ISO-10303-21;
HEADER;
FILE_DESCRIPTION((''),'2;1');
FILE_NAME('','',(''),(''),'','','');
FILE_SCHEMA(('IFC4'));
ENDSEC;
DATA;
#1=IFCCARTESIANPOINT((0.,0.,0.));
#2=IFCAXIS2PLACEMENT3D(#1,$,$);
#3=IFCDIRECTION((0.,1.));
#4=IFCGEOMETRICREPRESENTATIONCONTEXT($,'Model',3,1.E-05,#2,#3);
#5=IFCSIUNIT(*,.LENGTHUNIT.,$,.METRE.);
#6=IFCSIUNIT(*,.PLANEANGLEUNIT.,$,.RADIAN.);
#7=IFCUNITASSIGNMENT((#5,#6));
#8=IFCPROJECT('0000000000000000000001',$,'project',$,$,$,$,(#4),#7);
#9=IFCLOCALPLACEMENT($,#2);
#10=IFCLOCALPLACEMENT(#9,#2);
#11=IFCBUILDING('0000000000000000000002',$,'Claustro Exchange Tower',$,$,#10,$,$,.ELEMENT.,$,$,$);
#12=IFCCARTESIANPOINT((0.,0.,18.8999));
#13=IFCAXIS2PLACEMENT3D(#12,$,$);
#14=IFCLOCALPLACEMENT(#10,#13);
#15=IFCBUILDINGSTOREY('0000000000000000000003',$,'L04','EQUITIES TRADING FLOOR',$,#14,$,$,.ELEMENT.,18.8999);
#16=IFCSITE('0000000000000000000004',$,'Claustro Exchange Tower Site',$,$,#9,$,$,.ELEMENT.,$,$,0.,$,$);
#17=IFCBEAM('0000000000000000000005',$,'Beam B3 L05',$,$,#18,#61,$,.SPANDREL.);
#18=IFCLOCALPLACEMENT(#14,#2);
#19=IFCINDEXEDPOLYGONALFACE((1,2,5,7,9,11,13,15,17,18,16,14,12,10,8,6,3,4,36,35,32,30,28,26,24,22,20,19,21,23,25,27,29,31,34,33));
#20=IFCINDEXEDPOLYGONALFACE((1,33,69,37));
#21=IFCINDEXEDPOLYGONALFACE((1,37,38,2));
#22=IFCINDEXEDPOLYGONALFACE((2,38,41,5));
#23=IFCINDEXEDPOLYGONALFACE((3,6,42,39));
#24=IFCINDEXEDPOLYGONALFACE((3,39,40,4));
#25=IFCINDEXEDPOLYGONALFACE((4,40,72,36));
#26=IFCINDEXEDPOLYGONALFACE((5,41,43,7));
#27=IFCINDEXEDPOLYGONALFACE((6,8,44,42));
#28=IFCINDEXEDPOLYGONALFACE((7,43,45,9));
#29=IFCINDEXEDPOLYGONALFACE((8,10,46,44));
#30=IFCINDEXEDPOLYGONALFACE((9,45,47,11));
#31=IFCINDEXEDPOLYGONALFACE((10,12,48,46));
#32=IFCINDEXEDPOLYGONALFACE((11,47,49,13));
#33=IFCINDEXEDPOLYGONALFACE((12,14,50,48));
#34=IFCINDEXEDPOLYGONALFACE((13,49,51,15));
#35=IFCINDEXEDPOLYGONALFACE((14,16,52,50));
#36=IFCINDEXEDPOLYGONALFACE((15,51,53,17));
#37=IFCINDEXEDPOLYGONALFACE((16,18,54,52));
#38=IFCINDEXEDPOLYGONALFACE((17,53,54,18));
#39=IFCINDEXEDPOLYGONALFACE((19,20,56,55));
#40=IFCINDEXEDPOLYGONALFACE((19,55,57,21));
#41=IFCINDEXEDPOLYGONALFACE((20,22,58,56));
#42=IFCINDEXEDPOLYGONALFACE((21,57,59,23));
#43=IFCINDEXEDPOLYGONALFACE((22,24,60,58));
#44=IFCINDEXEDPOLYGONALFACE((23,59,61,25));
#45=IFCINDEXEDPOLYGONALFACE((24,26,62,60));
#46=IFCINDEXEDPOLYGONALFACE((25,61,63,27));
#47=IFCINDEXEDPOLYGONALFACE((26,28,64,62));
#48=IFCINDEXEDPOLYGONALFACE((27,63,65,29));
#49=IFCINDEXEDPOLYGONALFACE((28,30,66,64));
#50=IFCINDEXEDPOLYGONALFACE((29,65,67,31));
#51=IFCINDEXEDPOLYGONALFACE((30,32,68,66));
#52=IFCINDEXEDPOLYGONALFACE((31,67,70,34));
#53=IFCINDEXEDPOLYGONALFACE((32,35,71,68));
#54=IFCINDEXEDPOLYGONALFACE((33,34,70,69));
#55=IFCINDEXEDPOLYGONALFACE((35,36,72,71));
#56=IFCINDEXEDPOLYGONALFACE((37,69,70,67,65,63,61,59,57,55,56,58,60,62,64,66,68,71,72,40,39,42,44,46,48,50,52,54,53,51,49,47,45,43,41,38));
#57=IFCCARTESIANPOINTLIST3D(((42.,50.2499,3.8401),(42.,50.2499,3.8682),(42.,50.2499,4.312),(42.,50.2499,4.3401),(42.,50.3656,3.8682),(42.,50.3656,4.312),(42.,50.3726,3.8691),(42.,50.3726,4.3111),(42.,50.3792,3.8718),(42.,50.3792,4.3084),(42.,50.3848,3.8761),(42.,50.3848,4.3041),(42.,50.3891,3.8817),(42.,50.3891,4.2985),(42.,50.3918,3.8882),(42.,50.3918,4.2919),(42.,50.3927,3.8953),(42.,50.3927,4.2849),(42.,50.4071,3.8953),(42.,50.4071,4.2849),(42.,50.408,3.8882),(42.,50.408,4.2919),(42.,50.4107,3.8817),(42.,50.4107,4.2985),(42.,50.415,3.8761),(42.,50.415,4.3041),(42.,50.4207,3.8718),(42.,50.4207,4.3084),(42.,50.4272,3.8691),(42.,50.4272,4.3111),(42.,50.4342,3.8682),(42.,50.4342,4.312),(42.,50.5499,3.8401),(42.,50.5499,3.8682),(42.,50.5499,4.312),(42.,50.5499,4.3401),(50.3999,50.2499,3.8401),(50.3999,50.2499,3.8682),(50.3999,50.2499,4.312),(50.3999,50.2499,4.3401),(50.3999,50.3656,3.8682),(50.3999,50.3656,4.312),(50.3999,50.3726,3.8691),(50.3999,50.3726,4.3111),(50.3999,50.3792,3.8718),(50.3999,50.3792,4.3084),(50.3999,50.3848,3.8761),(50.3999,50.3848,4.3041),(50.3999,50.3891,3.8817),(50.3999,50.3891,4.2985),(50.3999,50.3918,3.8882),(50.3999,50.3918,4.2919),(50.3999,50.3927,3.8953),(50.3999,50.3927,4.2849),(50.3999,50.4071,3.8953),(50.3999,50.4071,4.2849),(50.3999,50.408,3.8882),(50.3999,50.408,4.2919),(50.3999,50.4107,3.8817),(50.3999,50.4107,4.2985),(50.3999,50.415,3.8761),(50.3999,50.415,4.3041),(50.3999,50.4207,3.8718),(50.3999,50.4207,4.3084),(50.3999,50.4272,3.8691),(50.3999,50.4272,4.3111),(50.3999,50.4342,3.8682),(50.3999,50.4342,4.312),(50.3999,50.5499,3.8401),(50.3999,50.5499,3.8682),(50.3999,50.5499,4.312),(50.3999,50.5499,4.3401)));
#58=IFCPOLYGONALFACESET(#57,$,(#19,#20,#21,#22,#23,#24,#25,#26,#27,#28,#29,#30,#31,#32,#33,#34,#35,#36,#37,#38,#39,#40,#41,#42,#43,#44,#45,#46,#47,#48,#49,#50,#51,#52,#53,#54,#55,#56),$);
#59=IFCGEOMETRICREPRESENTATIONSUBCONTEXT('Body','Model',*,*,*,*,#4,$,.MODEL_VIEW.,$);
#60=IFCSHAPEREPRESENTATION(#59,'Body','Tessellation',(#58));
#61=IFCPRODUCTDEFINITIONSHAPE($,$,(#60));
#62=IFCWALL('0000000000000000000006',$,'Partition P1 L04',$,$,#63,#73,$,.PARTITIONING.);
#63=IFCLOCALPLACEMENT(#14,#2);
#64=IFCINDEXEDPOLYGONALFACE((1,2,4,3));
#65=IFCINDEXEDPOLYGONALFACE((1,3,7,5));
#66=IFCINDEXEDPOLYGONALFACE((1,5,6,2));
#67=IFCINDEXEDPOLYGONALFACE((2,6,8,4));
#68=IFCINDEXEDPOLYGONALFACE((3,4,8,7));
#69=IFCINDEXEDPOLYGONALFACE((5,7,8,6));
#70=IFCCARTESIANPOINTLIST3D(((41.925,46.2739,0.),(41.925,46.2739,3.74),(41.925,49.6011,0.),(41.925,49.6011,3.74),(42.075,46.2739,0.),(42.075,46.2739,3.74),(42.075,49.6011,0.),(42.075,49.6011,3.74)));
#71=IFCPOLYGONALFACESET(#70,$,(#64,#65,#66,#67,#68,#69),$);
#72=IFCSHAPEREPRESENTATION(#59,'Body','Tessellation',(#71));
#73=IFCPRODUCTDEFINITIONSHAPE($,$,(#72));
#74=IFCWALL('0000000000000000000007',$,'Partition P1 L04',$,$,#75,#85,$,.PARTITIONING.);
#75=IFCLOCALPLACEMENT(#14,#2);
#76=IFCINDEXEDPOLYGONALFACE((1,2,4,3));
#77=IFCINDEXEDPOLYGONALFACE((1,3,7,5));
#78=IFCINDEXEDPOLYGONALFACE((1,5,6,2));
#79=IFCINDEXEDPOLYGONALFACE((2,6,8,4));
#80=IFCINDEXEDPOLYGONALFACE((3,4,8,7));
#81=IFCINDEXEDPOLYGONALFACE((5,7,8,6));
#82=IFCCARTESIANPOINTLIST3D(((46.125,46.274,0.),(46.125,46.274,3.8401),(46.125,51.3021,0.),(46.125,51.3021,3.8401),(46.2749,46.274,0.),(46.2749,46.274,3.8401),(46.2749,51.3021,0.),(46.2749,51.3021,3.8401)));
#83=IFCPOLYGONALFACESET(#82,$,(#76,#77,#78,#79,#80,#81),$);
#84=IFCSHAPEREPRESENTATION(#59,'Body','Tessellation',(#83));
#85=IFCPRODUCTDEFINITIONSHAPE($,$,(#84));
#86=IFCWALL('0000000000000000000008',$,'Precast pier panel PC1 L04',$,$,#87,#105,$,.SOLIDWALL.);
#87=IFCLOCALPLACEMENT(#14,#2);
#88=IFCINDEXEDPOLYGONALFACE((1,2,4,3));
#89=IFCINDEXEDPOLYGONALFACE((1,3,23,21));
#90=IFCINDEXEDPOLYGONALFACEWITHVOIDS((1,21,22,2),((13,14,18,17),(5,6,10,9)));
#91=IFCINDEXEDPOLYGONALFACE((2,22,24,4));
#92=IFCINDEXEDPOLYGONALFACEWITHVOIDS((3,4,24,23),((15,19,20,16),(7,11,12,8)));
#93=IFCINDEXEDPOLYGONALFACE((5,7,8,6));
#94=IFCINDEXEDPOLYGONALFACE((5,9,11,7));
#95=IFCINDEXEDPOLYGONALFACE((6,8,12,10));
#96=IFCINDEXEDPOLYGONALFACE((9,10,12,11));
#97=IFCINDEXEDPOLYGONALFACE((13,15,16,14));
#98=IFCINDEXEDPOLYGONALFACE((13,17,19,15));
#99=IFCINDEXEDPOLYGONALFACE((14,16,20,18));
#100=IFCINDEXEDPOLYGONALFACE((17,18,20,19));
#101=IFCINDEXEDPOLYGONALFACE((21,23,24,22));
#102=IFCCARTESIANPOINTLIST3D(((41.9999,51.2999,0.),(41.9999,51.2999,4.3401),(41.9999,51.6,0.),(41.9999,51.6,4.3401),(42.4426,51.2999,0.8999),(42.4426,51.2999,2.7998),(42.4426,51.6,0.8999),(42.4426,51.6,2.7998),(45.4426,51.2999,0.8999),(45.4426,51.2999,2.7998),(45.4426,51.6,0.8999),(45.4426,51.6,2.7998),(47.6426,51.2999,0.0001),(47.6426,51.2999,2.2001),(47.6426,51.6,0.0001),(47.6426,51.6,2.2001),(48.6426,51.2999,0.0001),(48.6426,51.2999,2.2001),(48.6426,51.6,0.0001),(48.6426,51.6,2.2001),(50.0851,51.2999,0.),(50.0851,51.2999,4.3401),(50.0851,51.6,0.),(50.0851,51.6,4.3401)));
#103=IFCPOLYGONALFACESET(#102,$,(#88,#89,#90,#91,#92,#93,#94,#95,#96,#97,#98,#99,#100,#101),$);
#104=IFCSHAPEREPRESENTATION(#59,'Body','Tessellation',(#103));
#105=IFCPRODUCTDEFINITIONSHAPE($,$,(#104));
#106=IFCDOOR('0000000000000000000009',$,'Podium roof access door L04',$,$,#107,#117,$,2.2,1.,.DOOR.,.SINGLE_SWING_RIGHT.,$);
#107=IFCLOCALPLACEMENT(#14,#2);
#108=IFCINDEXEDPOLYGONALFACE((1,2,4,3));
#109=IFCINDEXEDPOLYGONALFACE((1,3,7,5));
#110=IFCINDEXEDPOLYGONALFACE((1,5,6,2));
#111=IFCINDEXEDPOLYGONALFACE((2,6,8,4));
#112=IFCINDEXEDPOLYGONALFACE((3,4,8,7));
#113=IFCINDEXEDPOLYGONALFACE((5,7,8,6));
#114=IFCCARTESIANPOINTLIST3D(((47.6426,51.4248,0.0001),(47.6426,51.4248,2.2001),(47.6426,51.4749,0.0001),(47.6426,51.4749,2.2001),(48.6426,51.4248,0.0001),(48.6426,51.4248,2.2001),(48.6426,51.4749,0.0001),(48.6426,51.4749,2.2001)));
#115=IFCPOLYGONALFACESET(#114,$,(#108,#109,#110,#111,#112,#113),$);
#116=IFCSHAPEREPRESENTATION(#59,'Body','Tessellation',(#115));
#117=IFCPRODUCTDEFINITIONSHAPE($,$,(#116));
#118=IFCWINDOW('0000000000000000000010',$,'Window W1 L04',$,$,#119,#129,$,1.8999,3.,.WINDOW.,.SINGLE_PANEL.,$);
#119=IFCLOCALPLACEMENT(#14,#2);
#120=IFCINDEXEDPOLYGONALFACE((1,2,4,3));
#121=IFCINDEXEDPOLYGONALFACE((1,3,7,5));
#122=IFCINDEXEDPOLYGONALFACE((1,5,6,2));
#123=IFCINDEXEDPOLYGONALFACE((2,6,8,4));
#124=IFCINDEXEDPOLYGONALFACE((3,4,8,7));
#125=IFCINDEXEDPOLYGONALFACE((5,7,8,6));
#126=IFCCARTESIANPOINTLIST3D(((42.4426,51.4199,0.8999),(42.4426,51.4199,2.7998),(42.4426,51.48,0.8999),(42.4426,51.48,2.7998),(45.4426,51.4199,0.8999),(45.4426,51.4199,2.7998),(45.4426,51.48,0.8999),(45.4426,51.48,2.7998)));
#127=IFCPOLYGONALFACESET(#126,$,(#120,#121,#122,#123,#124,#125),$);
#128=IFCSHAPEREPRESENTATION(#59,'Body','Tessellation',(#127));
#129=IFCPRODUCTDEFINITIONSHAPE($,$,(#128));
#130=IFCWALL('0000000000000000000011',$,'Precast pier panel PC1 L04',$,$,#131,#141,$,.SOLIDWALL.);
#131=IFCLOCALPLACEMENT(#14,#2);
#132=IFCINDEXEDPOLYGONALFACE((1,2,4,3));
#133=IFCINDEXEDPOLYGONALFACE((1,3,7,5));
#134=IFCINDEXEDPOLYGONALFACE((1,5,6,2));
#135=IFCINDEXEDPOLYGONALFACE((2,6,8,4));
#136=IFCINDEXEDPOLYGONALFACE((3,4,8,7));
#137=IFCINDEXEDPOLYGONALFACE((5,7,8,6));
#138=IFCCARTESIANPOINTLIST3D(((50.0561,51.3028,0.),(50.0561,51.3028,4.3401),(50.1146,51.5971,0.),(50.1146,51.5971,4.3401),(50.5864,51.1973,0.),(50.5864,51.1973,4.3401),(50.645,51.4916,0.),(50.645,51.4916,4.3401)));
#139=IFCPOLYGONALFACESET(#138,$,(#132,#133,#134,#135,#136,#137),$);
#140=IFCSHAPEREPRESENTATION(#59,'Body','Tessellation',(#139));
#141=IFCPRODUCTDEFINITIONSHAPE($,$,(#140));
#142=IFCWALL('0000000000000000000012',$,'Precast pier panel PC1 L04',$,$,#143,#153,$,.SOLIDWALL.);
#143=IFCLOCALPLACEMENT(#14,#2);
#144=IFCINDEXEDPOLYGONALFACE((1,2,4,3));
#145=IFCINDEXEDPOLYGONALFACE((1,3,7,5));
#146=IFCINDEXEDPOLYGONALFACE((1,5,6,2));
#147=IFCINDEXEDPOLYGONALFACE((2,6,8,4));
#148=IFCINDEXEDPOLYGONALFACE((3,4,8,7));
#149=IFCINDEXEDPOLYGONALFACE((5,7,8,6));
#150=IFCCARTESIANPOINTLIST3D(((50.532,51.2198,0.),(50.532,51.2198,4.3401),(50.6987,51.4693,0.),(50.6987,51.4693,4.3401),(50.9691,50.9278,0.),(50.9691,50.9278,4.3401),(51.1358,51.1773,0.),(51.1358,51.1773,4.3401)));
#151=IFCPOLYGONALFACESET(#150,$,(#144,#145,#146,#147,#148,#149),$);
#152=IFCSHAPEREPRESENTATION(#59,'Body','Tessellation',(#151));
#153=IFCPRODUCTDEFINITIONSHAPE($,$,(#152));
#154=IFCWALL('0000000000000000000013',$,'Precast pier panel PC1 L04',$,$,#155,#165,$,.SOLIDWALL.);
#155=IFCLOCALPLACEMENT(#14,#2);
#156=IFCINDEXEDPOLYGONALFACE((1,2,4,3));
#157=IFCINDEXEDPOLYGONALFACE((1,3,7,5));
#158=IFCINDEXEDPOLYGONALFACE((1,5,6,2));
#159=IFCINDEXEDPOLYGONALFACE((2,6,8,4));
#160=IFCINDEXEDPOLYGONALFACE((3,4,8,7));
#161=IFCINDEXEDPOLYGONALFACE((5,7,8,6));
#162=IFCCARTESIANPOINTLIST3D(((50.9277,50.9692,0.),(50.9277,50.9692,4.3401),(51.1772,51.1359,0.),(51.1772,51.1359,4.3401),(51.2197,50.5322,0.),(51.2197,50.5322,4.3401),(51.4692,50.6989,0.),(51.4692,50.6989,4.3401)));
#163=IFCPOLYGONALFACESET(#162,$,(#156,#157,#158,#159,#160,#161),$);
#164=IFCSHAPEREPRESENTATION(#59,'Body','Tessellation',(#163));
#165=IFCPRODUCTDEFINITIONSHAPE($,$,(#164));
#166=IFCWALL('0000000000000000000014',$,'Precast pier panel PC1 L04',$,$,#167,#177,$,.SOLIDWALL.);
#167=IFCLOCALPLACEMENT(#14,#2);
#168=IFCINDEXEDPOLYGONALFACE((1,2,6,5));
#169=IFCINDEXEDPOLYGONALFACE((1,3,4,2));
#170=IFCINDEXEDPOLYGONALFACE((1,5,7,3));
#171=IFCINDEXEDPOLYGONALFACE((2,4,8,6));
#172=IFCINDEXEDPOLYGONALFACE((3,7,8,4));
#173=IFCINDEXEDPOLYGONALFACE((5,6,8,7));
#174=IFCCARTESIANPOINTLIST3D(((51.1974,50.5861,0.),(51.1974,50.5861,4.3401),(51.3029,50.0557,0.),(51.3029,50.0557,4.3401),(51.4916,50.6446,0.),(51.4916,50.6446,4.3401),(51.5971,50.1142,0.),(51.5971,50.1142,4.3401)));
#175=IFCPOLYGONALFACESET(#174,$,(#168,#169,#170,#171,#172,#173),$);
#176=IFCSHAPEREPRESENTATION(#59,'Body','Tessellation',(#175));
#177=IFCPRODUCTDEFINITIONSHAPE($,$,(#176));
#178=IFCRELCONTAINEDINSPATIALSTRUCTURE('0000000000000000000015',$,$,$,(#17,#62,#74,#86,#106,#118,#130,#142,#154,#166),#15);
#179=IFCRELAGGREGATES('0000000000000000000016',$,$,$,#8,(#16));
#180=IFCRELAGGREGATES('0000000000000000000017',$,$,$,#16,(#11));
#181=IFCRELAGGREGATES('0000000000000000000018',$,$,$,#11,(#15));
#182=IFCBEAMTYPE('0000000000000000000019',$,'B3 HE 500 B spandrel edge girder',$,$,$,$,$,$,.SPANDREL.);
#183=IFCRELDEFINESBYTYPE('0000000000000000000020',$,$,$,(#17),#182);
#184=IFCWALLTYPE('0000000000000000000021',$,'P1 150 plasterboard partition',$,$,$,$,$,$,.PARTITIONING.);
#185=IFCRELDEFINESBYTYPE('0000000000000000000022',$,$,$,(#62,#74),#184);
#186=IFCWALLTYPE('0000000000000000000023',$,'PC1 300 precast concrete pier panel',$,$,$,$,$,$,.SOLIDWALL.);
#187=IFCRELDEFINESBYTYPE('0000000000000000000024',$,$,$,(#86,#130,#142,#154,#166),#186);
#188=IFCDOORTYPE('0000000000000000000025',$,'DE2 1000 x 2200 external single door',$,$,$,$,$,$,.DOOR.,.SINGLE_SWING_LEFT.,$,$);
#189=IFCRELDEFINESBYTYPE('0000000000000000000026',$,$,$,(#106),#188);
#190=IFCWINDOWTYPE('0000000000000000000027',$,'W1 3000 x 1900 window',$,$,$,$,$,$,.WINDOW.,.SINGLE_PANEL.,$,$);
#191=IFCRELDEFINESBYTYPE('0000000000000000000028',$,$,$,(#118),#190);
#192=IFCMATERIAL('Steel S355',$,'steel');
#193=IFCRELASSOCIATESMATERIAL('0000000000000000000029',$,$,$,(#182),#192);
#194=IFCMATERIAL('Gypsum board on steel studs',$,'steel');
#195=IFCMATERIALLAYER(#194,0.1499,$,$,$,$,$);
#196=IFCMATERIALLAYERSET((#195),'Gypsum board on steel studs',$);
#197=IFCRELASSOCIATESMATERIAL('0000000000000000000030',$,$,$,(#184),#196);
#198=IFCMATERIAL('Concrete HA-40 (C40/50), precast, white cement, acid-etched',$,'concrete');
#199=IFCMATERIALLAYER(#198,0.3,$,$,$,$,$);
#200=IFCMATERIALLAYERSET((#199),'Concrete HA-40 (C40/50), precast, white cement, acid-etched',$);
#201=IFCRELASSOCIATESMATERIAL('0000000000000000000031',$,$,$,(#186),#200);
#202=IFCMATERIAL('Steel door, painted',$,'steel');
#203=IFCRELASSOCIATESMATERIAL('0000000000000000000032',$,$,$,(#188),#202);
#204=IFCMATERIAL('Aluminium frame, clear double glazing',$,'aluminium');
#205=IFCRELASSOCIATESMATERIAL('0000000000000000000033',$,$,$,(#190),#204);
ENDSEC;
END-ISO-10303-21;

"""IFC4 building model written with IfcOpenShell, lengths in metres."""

from ifc_helpers import new_model, si_unit, direction, frame, frame_2d, origin, origin_2d, place, context, subcontext, project, spatial, rectangle, i_section, extrude, material, layer, layer_set, material_profile, profile_set, type_object, element, fill, save


model = new_model("IFC4")

# Units and contexts
model_context = context("Model", 3, precision=1e-05, world=origin(), true_north=direction((0.0, 1.0)))
body_context = subcontext(model_context, "Body", "Model", "MODEL_VIEW")
ifc_project = project(units=[si_unit("LENGTHUNIT", "METRE"), si_unit("PLANEANGLEUNIT", "RADIAN")], contexts=[model_context])

# Site, building, storey
site_placement = place(None, origin())
site = spatial("IfcSite", under=ifc_project, at=site_placement, Name="Claustro Exchange Tower Site", CompositionType="ELEMENT", RefElevation=0.0)
building_placement = place(site_placement, origin())
building = spatial("IfcBuilding", under=site, at=building_placement, Name="Claustro Exchange Tower", CompositionType="ELEMENT")
storey_placement = place(building_placement, frame((0.0, 0.0, 18.8999)))
storey = spatial("IfcBuildingStorey", under=building, at=storey_placement, Name="L04", Description="EQUITIES TRADING FLOOR", CompositionType="ELEMENT", Elevation=18.8999)

# Beam
ifc_material_1 = material(Name="Steel S355", Category="steel")
ifc_material_profile_1 = material_profile(ifc_material_1, i_section(OverallWidth=0.3, OverallDepth=0.5, WebThickness=0.0144, FlangeThickness=0.0281, FilletRadius=0.0271, at=origin_2d()), Name="HE 500 B")
ifc_profile_set_1 = profile_set([ifc_material_profile_1], Name="Steel S355")
beam_type_1 = type_object("IfcBeamType", Name="B3 HE 500 B spandrel edge girder", PredefinedType="SPANDREL", material=ifc_profile_set_1)
for number, where, z_axis, x_axis, name in (
    (1, (42.0, 50.3999, 4.0901), (1.0, 0.0, 0.0), (0.0, 1.0, 0.0), "Beam B3 L05"),
):
    element("IfcBeam", number, at=place(storey_placement, frame(where, z_axis=z_axis, x_axis=x_axis)), inside=storey, type_object=beam_type_1, Name=name, PredefinedType="SPANDREL", context=body_context, shape_type="SweptSolid", body=[
        extrude(i_section(OverallWidth=0.3, OverallDepth=0.5, WebThickness=0.0144, FlangeThickness=0.0281, FilletRadius=0.0271, at=origin_2d()), origin(), (0.0, 0.0, 1.0), 8.3999),
    ])

# Walls
ifc_material_2 = material(Name="Gypsum board on steel studs", Category="steel")
ifc_layer_1 = layer(ifc_material_2, 0.1499)
ifc_layer_set_1 = layer_set([ifc_layer_1], Name="Gypsum board on steel studs")
wall_type_1 = type_object("IfcWallType", Name="P1 150 plasterboard partition", PredefinedType="PARTITIONING", material=ifc_layer_set_1)
wall_1_placement = place(storey_placement, frame((42.0, 46.2739, 0.0), z_axis=(0.0, 0.0, 1.0), x_axis=(0.0, 1.0, 0.0)))
element("IfcWall", 2, at=wall_1_placement, inside=storey, type_object=wall_type_1, Name="Partition P1 L04", PredefinedType="PARTITIONING", context=body_context, shape_type="SweptSolid", body=[
    extrude(rectangle(XDim=3.3271, YDim=0.1499, at=frame_2d((1.6636, 0.0))), origin(), (0.0, 0.0, 1.0), 3.74),
])
wall_2_placement = place(storey_placement, frame((46.2, 46.2739, 0.0), z_axis=(0.0, 0.0, 1.0), x_axis=(0.0, 1.0, 0.0)))
element("IfcWall", 3, at=wall_2_placement, inside=storey, type_object=wall_type_1, Name="Partition P1 L04", PredefinedType="PARTITIONING", context=body_context, shape_type="SweptSolid", body=[
    extrude(rectangle(XDim=5.0281, YDim=0.1499, at=frame_2d((2.5142, 0.0))), origin(), (0.0, 0.0, 1.0), 3.8401),
])

# Wall, openings, door, window
ifc_material_3 = material(Name="Concrete HA-40 (C40/50), precast, white cement, acid-etched", Category="concrete")
ifc_layer_2 = layer(ifc_material_3, 0.3)
ifc_layer_set_2 = layer_set([ifc_layer_2], Name="Concrete HA-40 (C40/50), precast, white cement, acid-etched")
wall_type_2 = type_object("IfcWallType", Name="PC1 300 precast concrete pier panel", PredefinedType="SOLIDWALL", material=ifc_layer_set_2)
wall_3_placement = place(storey_placement, frame((42.0, 51.45, 0.0), z_axis=(0.0, 0.0, 1.0), x_axis=(1.0, 0.0, 0.0)))
wall_3 = element("IfcWall", 4, at=wall_3_placement, inside=storey, type_object=wall_type_2, Name="Precast pier panel PC1 L04", PredefinedType="SOLIDWALL", context=body_context, shape_type="SweptSolid", body=[
    extrude(rectangle(XDim=8.0852, YDim=0.3, at=frame_2d((4.0425, 0.0))), origin(), (0.0, 0.0, 1.0), 4.3401),
])
opening_1_placement = place(wall_3_placement, frame((0.4426, 0.0, 0.8999)))
opening_1 = element("IfcOpeningElement", 5, at=opening_1_placement, cuts=wall_3, PredefinedType="OPENING", context=body_context, shape_type="SweptSolid", body=[
    extrude(rectangle(XDim=3.0, YDim=1.8999, at=frame_2d((1.5, 0.95))), frame((0.0, 0.1599, 0.0), z_axis=(0.0, -1.0, 0.0), x_axis=(1.0, 0.0, 0.0)), (0.0, 0.0, 1.0), 0.3201),
])
opening_2_placement = place(wall_3_placement, frame((5.6426, 0.0, 0.0)))
opening_2 = element("IfcOpeningElement", 6, at=opening_2_placement, cuts=wall_3, PredefinedType="OPENING", context=body_context, shape_type="SweptSolid", body=[
    extrude(rectangle(XDim=1.0, YDim=2.2, at=frame_2d((0.5, 1.1001))), frame((0.0, 0.1599, 0.0), z_axis=(0.0, -1.0, 0.0), x_axis=(1.0, 0.0, 0.0)), (0.0, 0.0, 1.0), 0.3201),
])
ifc_material_4 = material(Name="Steel door, painted", Category="steel")
door_type = type_object("IfcDoorType", Name="DE2 1000 x 2200 external single door", OperationType="SINGLE_SWING_LEFT", PredefinedType="DOOR", material=ifc_material_4)
door_placement = place(opening_2_placement, origin())
door = element("IfcDoor", 7, at=door_placement, inside=storey, type_object=door_type, Name="Podium roof access door L04", OperationType="SINGLE_SWING_RIGHT", OverallHeight=2.2, OverallWidth=1.0, PredefinedType="DOOR", context=body_context, shape_type="SweptSolid", body=[
    extrude(rectangle(XDim=1.0, YDim=2.2, at=frame_2d((0.5, 1.1001))), frame((0.0, 0.0249, 0.0), z_axis=(0.0, -1.0, 0.0), x_axis=(1.0, 0.0, 0.0)), (0.0, 0.0, 1.0), 0.05),
])
fill(opening_2, door)
ifc_material_5 = material(Name="Aluminium frame, clear double glazing", Category="aluminium")
window_type_1 = type_object("IfcWindowType", Name="W1 3000 x 1900 window", PartitioningType="SINGLE_PANEL", PredefinedType="WINDOW", material=ifc_material_5)
window_1_placement = place(opening_1_placement, origin())
window_1 = element("IfcWindow", 8, at=window_1_placement, inside=storey, type_object=window_type_1, Name="Window W1 L04", OverallHeight=1.8999, OverallWidth=3.0, PartitioningType="SINGLE_PANEL", PredefinedType="WINDOW", context=body_context, shape_type="SweptSolid", body=[
    extrude(rectangle(XDim=3.0, YDim=1.8999, at=frame_2d((1.5, 0.95))), frame((0.0, 0.03, 0.0), z_axis=(0.0, -1.0, 0.0), x_axis=(1.0, 0.0, 0.0)), (0.0, 0.0, 1.0), 0.0601),
])
fill(opening_1, window_1)

# Walls
wall_4_placement = place(storey_placement, frame((50.0852, 51.45, 0.0), z_axis=(0.0, 0.0, 1.0), x_axis=(0.980789, -0.195074, 0.0)))
element("IfcWall", 9, at=wall_4_placement, inside=storey, type_object=wall_type_2, Name="Precast pier panel PC1 L04", PredefinedType="SOLIDWALL", context=body_context, shape_type="SweptSolid", body=[
    extrude(rectangle(XDim=0.5408, YDim=0.3, at=frame_2d((0.2705, 0.0))), origin(), (0.0, 0.0, 1.0), 4.3401),
])
for number, where, z_axis, x_axis, name in (
    (10, (50.6155, 51.3445, 0.0), (0.0, 0.0, 1.0), (0.831478, -0.555557, 0.0), "Precast pier panel PC1 L04"),
    (11, (51.0525, 51.0525, 0.0), (0.0, 0.0, 1.0), (0.555557, -0.831478, 0.0), "Precast pier panel PC1 L04"),
):
    element("IfcWall", number, at=place(storey_placement, frame(where, z_axis=z_axis, x_axis=x_axis)), inside=storey, type_object=wall_type_2, Name=name, PredefinedType="SOLIDWALL", context=body_context, shape_type="SweptSolid", body=[
        extrude(rectangle(XDim=0.5256, YDim=0.3, at=frame_2d((0.2627, 0.0))), origin(), (0.0, 0.0, 1.0), 4.3401),
    ])
wall_5_placement = place(storey_placement, frame((51.3445, 50.6155, 0.0), z_axis=(0.0, 0.0, 1.0), x_axis=(0.195074, -0.980789, 0.0)))
element("IfcWall", 12, at=wall_5_placement, inside=storey, type_object=wall_type_2, Name="Precast pier panel PC1 L04", PredefinedType="SOLIDWALL", context=body_context, shape_type="SweptSolid", body=[
    extrude(rectangle(XDim=0.5408, YDim=0.3, at=frame_2d((0.2705, 0.0))), origin(), (0.0, 0.0, 1.0), 4.3401),
])

save(model, "model.ifc")
